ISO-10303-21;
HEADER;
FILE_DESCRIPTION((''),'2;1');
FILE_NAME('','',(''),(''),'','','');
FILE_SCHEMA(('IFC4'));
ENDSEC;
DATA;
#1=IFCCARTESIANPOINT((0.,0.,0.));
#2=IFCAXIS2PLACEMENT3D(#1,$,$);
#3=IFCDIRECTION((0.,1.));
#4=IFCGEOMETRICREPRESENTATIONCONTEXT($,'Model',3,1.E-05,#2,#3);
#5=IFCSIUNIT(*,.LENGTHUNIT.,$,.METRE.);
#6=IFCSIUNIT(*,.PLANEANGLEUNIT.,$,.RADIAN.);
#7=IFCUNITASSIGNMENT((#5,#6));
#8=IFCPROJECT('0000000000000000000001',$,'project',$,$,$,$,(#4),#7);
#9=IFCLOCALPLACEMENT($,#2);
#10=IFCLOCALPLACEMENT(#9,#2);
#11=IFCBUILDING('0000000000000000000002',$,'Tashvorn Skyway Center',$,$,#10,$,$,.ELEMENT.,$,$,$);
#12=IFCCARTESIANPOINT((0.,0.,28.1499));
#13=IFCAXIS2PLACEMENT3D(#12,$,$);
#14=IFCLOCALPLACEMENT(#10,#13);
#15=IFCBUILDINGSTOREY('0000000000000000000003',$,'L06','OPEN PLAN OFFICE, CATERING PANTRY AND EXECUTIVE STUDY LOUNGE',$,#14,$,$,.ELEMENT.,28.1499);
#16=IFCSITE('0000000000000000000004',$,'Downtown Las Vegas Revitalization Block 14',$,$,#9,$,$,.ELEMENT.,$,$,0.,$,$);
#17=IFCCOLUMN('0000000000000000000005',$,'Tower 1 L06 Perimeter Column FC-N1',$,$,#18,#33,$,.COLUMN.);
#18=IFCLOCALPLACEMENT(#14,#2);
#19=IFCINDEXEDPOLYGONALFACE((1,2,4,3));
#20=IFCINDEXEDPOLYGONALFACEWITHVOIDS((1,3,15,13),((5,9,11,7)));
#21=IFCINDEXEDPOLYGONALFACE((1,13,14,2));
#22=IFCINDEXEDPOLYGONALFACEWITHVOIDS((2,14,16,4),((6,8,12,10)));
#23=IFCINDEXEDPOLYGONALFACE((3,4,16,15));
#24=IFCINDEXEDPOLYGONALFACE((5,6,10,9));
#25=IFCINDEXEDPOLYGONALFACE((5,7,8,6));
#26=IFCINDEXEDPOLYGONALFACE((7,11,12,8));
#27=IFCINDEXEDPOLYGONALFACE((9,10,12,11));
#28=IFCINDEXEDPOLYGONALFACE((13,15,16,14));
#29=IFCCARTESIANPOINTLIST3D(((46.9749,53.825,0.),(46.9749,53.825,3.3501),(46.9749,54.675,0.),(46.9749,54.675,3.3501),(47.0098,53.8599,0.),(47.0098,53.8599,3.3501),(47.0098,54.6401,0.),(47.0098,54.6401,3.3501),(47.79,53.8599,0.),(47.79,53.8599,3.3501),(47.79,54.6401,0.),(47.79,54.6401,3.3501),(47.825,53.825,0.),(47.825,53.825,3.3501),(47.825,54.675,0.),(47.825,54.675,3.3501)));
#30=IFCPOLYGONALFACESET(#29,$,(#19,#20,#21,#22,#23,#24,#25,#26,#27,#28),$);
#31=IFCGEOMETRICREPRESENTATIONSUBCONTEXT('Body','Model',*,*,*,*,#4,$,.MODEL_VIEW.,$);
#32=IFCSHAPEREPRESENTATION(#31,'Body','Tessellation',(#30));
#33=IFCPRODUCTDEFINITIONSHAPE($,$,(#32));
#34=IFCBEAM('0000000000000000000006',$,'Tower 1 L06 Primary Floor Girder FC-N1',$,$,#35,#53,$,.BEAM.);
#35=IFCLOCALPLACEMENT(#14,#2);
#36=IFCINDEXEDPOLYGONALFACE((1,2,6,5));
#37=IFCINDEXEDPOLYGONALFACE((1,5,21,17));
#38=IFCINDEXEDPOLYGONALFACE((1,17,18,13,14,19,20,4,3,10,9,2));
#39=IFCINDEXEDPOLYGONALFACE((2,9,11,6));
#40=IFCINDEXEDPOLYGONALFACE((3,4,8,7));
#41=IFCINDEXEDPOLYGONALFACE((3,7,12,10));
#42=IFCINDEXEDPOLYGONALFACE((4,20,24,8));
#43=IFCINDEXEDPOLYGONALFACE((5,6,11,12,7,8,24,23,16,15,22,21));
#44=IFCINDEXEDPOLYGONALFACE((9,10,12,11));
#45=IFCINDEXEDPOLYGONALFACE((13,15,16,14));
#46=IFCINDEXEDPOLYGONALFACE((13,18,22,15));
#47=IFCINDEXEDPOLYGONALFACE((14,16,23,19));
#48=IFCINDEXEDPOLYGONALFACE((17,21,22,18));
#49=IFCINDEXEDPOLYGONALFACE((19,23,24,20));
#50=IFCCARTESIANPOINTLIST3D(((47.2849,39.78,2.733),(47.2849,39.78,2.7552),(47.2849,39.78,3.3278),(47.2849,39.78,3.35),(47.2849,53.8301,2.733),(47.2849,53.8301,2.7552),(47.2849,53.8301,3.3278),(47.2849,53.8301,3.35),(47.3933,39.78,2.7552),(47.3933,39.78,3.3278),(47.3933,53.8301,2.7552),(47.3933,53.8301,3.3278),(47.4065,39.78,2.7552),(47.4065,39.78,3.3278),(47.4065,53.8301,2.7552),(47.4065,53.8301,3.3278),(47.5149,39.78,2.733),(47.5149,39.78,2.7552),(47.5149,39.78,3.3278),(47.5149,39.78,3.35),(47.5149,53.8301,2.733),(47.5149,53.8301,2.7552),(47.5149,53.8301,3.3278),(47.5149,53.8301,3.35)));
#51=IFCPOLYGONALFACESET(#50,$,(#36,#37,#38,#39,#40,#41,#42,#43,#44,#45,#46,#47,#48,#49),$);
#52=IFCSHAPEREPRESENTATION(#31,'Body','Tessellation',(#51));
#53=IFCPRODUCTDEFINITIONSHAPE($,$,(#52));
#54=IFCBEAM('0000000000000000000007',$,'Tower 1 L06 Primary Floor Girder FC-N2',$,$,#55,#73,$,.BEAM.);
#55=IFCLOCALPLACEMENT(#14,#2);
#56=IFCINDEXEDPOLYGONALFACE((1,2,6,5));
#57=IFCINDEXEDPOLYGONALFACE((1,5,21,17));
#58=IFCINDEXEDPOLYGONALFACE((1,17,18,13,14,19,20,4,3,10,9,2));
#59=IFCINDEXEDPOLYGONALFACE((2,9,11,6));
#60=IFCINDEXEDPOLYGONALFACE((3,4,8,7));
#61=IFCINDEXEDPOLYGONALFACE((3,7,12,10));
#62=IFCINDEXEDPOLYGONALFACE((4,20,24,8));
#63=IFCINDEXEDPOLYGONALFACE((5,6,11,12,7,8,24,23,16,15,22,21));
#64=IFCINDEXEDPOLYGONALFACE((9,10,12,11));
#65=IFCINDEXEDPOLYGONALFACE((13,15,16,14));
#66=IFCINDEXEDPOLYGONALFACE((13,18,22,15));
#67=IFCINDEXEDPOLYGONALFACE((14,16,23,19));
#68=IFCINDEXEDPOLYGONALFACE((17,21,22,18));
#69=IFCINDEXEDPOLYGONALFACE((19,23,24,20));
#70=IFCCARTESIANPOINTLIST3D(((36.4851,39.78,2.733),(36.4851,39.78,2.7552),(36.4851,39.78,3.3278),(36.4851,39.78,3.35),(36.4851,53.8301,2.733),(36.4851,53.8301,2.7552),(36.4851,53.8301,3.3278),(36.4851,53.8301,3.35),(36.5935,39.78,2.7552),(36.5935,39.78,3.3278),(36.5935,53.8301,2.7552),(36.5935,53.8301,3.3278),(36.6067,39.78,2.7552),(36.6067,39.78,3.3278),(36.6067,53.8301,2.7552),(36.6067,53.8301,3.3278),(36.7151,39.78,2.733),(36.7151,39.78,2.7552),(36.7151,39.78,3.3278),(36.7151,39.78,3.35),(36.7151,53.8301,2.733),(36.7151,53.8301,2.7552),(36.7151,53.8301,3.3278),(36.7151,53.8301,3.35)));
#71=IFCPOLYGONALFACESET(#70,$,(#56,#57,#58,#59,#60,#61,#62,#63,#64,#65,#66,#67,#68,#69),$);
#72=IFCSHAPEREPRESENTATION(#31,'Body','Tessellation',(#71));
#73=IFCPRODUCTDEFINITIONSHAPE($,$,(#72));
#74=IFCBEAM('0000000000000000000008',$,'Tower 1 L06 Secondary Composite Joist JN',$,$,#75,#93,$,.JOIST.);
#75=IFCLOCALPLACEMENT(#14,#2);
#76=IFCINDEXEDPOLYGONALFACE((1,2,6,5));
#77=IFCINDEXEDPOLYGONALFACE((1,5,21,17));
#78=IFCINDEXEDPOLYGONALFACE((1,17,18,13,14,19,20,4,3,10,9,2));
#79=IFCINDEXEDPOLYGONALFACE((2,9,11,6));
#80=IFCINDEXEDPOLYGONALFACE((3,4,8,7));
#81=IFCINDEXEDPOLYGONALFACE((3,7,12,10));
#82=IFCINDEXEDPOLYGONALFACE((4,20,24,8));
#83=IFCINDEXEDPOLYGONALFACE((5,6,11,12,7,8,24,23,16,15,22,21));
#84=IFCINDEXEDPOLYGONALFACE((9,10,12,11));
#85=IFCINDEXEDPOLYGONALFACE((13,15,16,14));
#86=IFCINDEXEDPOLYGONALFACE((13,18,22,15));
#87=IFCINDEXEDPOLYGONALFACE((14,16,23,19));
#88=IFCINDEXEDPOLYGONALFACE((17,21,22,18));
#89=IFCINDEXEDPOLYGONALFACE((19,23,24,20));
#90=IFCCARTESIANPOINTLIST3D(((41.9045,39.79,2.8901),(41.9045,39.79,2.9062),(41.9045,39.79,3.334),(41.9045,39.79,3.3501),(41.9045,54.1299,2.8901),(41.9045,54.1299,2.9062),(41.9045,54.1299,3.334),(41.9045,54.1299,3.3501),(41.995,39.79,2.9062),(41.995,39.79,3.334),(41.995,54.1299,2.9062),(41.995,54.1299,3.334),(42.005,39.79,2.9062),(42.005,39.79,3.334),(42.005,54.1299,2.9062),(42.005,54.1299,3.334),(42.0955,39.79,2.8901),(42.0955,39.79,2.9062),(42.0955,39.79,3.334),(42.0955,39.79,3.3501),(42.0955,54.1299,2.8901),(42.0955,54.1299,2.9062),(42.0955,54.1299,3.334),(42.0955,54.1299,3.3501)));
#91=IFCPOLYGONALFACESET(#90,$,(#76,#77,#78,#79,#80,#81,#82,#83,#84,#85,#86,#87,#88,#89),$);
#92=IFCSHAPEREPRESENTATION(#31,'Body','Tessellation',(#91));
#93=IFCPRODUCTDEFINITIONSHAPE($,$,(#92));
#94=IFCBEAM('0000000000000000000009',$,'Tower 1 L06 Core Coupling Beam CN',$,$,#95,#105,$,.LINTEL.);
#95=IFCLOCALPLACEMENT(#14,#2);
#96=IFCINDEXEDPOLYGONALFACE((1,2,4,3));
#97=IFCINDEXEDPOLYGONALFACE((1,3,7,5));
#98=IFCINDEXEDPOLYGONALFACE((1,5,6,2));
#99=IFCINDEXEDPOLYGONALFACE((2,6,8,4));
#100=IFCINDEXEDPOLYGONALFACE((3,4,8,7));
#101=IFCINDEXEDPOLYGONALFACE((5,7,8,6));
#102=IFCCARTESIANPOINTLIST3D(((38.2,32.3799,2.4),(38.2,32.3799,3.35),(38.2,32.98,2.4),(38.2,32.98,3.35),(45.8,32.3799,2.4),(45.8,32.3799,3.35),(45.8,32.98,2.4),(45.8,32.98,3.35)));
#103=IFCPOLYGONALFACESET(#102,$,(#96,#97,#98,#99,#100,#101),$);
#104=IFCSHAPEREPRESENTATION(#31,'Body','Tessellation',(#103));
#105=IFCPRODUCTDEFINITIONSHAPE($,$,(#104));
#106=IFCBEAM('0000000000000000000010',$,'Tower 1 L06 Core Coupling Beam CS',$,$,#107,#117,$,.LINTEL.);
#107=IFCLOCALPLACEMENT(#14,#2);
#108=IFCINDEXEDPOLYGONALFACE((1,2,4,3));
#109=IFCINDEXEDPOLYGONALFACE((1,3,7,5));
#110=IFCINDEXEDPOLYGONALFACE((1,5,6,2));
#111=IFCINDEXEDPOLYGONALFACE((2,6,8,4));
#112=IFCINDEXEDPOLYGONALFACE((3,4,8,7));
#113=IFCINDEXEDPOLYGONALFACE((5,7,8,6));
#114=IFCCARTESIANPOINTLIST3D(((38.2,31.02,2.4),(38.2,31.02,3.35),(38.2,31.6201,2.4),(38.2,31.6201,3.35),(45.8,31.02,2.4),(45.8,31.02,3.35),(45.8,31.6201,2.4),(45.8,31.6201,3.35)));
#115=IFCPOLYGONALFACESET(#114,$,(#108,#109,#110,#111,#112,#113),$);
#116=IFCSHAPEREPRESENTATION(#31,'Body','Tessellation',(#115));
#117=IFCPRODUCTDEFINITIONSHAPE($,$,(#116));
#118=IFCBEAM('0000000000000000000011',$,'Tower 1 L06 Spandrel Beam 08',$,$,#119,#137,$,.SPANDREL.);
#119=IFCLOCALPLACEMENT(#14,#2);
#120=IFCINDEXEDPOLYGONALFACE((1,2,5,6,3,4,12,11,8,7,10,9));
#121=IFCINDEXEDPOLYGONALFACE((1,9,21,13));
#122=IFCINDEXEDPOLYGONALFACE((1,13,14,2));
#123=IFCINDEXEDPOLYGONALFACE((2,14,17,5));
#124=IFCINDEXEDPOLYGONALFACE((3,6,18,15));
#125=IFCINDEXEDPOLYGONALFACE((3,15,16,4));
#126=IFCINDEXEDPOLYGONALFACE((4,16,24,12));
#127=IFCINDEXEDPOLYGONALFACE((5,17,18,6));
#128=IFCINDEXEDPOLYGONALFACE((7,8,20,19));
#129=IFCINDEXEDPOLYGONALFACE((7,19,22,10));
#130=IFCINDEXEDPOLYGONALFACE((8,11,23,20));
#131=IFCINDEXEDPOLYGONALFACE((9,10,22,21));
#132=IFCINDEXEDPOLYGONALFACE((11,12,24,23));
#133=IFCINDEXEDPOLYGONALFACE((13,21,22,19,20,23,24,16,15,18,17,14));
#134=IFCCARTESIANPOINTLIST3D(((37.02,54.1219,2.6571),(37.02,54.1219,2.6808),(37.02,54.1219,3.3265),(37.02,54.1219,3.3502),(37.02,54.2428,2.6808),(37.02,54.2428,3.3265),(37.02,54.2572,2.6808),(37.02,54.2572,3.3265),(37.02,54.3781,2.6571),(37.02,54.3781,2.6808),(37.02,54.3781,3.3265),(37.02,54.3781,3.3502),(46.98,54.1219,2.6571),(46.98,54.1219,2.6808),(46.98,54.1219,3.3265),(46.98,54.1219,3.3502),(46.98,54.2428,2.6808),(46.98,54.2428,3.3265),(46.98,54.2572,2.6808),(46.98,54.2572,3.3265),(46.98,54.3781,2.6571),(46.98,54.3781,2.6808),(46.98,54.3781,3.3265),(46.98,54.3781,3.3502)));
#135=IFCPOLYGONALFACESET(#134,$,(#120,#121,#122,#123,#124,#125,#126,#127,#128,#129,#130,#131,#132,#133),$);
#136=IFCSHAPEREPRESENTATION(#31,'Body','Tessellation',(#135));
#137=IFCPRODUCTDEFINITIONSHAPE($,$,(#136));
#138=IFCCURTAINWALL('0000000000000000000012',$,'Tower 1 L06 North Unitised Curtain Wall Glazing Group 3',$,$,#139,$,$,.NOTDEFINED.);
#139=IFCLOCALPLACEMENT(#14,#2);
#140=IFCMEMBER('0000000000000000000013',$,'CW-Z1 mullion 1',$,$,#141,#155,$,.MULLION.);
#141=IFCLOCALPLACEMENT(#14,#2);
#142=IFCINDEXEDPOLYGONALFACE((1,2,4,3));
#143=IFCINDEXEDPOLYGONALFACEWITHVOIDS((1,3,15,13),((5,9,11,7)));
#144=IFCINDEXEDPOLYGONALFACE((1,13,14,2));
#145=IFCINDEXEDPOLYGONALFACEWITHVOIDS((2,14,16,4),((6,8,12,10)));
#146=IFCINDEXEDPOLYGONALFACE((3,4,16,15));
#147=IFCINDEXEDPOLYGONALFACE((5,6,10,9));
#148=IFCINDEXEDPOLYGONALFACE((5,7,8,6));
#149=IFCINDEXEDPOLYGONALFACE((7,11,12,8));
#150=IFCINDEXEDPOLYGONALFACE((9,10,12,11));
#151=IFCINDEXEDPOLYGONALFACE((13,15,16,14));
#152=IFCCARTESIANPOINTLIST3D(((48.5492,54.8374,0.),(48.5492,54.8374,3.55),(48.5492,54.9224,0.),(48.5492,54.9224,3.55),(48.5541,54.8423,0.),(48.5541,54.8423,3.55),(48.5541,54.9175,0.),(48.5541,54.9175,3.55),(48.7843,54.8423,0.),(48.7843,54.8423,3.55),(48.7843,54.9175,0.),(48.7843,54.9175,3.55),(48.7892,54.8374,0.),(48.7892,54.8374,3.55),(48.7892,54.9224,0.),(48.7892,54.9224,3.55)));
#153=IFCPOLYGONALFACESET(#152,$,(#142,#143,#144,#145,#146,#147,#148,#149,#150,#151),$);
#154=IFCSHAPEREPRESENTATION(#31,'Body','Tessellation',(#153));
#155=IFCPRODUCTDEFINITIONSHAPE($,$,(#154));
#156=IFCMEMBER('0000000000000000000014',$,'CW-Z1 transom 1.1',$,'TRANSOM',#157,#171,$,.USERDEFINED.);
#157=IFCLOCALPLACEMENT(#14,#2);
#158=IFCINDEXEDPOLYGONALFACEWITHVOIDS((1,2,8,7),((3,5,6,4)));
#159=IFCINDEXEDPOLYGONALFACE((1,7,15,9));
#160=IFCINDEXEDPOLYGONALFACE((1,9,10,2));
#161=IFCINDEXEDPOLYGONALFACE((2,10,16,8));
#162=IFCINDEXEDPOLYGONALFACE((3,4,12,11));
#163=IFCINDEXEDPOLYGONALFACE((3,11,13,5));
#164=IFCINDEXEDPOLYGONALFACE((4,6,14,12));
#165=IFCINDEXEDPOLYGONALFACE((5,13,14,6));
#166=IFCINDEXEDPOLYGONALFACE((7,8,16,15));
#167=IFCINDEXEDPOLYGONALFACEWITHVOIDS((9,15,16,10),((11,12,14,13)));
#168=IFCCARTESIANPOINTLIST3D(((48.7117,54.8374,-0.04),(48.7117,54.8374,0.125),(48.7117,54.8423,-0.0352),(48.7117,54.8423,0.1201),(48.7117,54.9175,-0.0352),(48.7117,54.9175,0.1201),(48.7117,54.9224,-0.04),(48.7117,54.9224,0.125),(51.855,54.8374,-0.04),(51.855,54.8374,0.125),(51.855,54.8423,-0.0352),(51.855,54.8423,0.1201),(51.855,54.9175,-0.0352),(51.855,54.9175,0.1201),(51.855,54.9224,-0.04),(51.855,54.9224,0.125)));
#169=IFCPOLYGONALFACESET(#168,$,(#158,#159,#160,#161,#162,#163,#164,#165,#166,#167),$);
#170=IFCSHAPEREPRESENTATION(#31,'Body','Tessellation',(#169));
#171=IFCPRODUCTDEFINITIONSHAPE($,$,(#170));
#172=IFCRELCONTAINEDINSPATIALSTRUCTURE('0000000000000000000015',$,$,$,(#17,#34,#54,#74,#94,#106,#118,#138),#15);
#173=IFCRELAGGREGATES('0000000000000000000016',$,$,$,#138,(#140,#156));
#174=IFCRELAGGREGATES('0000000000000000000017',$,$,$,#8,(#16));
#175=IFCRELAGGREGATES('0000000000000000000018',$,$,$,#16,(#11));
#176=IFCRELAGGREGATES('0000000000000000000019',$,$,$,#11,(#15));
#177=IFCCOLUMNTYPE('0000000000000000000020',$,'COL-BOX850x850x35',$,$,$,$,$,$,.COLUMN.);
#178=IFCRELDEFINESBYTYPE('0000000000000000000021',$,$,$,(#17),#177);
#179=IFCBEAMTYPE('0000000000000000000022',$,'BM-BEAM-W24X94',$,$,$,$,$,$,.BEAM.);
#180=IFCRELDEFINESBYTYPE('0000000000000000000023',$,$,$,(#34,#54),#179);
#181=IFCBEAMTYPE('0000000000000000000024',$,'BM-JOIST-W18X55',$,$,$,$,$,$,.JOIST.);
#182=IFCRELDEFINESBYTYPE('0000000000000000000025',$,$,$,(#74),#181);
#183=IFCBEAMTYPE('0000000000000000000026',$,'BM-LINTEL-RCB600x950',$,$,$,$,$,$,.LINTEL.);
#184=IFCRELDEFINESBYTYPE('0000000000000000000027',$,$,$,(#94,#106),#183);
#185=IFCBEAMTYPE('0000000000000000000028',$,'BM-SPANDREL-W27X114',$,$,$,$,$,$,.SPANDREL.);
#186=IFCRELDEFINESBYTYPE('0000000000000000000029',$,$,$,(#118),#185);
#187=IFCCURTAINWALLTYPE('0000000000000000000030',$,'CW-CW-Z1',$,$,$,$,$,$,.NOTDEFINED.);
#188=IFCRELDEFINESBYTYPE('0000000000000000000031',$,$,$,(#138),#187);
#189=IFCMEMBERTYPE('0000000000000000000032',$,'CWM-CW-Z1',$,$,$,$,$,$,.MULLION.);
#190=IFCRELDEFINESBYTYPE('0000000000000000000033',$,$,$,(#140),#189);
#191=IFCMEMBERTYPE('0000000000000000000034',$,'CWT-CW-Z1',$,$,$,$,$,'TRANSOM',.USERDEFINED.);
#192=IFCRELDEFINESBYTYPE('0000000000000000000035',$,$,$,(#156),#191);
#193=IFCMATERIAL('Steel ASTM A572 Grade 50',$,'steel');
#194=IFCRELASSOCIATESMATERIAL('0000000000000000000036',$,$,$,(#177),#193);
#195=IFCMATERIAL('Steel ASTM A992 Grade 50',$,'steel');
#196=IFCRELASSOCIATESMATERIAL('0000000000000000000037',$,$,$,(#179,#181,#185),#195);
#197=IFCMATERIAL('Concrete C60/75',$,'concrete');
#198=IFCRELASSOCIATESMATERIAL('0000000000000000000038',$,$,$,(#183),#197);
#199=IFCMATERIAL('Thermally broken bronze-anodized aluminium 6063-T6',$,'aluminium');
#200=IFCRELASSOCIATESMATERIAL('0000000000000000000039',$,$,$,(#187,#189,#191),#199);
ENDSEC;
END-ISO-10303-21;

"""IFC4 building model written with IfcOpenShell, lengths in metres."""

from ifc_helpers import new_model, si_unit, direction, frame, origin, origin_2d, place, context, subcontext, project, spatial, rectangle, hollow_rectangle, i_section, extrude, material, material_profile, profile_set, type_object, element, aggregate, save


model = new_model("IFC4")

# Units and contexts
model_context = context("Model", 3, precision=1e-05, world=origin(), true_north=direction((0.0, 1.0)))
body_context = subcontext(model_context, "Body", "Model", "MODEL_VIEW")
ifc_project = project(units=[si_unit("LENGTHUNIT", "METRE"), si_unit("PLANEANGLEUNIT", "RADIAN")], contexts=[model_context])

# Site, building, storey
site_placement = place(None, origin())
site = spatial("IfcSite", under=ifc_project, at=site_placement, Name="Downtown Las Vegas Revitalization Block 14", CompositionType="ELEMENT", RefElevation=0.0)
building_placement = place(site_placement, origin())
building = spatial("IfcBuilding", under=site, at=building_placement, Name="Tashvorn Skyway Center", CompositionType="ELEMENT")
storey_placement = place(building_placement, frame((0.0, 0.0, 28.1499)))
storey = spatial("IfcBuildingStorey", under=building, at=storey_placement, Name="L06", Description="OPEN PLAN OFFICE, CATERING PANTRY AND EXECUTIVE STUDY LOUNGE", CompositionType="ELEMENT", Elevation=28.1499)

# Column
ifc_material_1 = material(Name="Steel ASTM A572 Grade 50", Category="steel")
ifc_material_profile_1 = material_profile(ifc_material_1, hollow_rectangle(XDim=0.8501, YDim=0.8501, WallThickness=0.0349, at=origin_2d()), Name="BOX850x850x35")
ifc_profile_set_1 = profile_set([ifc_material_profile_1], Name="Steel ASTM A572 Grade 50")
column_type = type_object("IfcColumnType", Name="COL-BOX850x850x35", PredefinedType="COLUMN", material=ifc_profile_set_1)
column_placement = place(storey_placement, frame((47.3999, 54.25, 0.0), z_axis=(0.0, 0.0, 1.0), x_axis=(1.0, 0.0, 0.0)))
element("IfcColumn", 1, at=column_placement, inside=storey, type_object=column_type, Name="Tower 1 L06 Perimeter Column FC-N1", PredefinedType="COLUMN", context=body_context, shape_type="SweptSolid", body=[
    extrude(hollow_rectangle(XDim=0.8501, YDim=0.8501, WallThickness=0.0349, at=origin_2d()), origin(), (0.0, 0.0, 1.0), 3.3501),
])

# Beams
ifc_material_2 = material(Name="Steel ASTM A992 Grade 50", Category="steel")
ifc_material_profile_2 = material_profile(ifc_material_2, i_section(OverallWidth=0.23, OverallDepth=0.6169, WebThickness=0.0132, FlangeThickness=0.0222, at=origin_2d()), Name="W24X94")
ifc_profile_set_2 = profile_set([ifc_material_profile_2], Name="Steel ASTM A992 Grade 50")
beam_type_1 = type_object("IfcBeamType", Name="BM-BEAM-W24X94", PredefinedType="BEAM", material=ifc_profile_set_2)
for number, where, z_axis, x_axis, name in (
    (2, (47.3999, 53.8301, 3.0415), (0.0, -1.0, 0.0), (1.0, 0.0, 0.0), "Tower 1 L06 Primary Floor Girder FC-N1"),
    (3, (36.6001, 53.8301, 3.0415), (0.0, -1.0, 0.0), (1.0, 0.0, 0.0), "Tower 1 L06 Primary Floor Girder FC-N2"),
):
    element("IfcBeam", number, at=place(storey_placement, frame(where, z_axis=z_axis, x_axis=x_axis)), inside=storey, type_object=beam_type_1, Name=name, PredefinedType="BEAM", context=body_context, shape_type="SweptSolid", body=[
        extrude(i_section(OverallWidth=0.23, OverallDepth=0.6169, WebThickness=0.0132, FlangeThickness=0.0222, at=origin_2d()), origin(), (0.0, 0.0, 1.0), 14.05),
    ])
ifc_material_profile_3 = material_profile(ifc_material_2, i_section(OverallWidth=0.1909, OverallDepth=0.46, WebThickness=0.01, FlangeThickness=0.0161, at=origin_2d()), Name="W18X55")
ifc_profile_set_3 = profile_set([ifc_material_profile_3], Name="Steel ASTM A992 Grade 50")
beam_type_2 = type_object("IfcBeamType", Name="BM-JOIST-W18X55", PredefinedType="JOIST", material=ifc_profile_set_3)
beam_1_placement = place(storey_placement, frame((42.0, 39.79, 3.1201), z_axis=(0.0, 1.0, 0.0), x_axis=(-1.0, 0.0, 0.0)))
element("IfcBeam", 4, at=beam_1_placement, inside=storey, type_object=beam_type_2, Name="Tower 1 L06 Secondary Composite Joist JN", PredefinedType="JOIST", context=body_context, shape_type="SweptSolid", body=[
    extrude(i_section(OverallWidth=0.1909, OverallDepth=0.46, WebThickness=0.01, FlangeThickness=0.0161, at=origin_2d()), origin(), (0.0, 0.0, 1.0), 14.3398),
])
ifc_material_3 = material(Name="Concrete C60/75", Category="concrete")
ifc_material_profile_4 = material_profile(ifc_material_3, rectangle(XDim=0.6001, YDim=0.95, at=origin_2d()), Name="RCB600x950")
ifc_profile_set_4 = profile_set([ifc_material_profile_4], Name="Concrete C60/75")
beam_type_3 = type_object("IfcBeamType", Name="BM-LINTEL-RCB600x950", PredefinedType="LINTEL", material=ifc_profile_set_4)
for number, where, z_axis, x_axis, name in (
    (5, (38.2, 32.6799, 2.875), (1.0, 0.0, 0.0), (0.0, 1.0, 0.0), "Tower 1 L06 Core Coupling Beam CN"),
    (6, (38.2, 31.3201, 2.875), (1.0, 0.0, 0.0), (0.0, 1.0, 0.0), "Tower 1 L06 Core Coupling Beam CS"),
):
    element("IfcBeam", number, at=place(storey_placement, frame(where, z_axis=z_axis, x_axis=x_axis)), inside=storey, type_object=beam_type_3, Name=name, PredefinedType="LINTEL", context=body_context, shape_type="SweptSolid", body=[
        extrude(rectangle(XDim=0.6001, YDim=0.95, at=origin_2d()), origin(), (0.0, 0.0, 1.0), 7.6001),
    ])
ifc_material_profile_5 = material_profile(ifc_material_2, i_section(OverallWidth=0.2561, OverallDepth=0.6931, WebThickness=0.0144, FlangeThickness=0.0237, at=origin_2d()), Name="W27X114")
ifc_profile_set_5 = profile_set([ifc_material_profile_5], Name="Steel ASTM A992 Grade 50")
beam_type_4 = type_object("IfcBeamType", Name="BM-SPANDREL-W27X114", PredefinedType="SPANDREL", material=ifc_profile_set_5)
beam_2_placement = place(storey_placement, frame((46.98, 54.25, 3.0037), z_axis=(-1.0, 0.0, 0.0), x_axis=(0.0, -1.0, 0.0)))
element("IfcBeam", 7, at=beam_2_placement, inside=storey, type_object=beam_type_4, Name="Tower 1 L06 Spandrel Beam 08", PredefinedType="SPANDREL", context=body_context, shape_type="SweptSolid", body=[
    extrude(i_section(OverallWidth=0.2561, OverallDepth=0.6931, WebThickness=0.0144, FlangeThickness=0.0237, at=origin_2d()), origin(), (0.0, 0.0, 1.0), 9.96),
])

# Curtain wall, members
ifc_material_4 = material(Name="Thermally broken bronze-anodized aluminium 6063-T6", Category="aluminium")
curtain_wall_type = type_object("IfcCurtainWallType", Name="CW-CW-Z1", PredefinedType="NOTDEFINED", material=ifc_material_4)
curtain_wall_placement = place(storey_placement, origin())
curtain_wall = element("IfcCurtainWall", 8, at=curtain_wall_placement, inside=storey, type_object=curtain_wall_type, Name="Tower 1 L06 North Unitised Curtain Wall Glazing Group 3", PredefinedType="NOTDEFINED")
ifc_material_profile_6 = material_profile(ifc_material_4, hollow_rectangle(XDim=0.085, YDim=0.24, WallThickness=0.0049, at=origin_2d()), Name="ALU-MULL-85x240")
ifc_profile_set_6 = profile_set([ifc_material_profile_6], Name="Thermally broken bronze-anodized aluminium 6063-T6")
member_type_1 = type_object("IfcMemberType", Name="CWM-CW-Z1", PredefinedType="MULLION", material=ifc_profile_set_6)
member_1_placement = place(storey_placement, frame((48.6692, 54.8799, 0.0), z_axis=(0.0, 0.0, 1.0), x_axis=(0.0, 1.0, 0.0)))
member_1 = element("IfcMember", 9, at=member_1_placement, type_object=member_type_1, Name="CW-Z1 mullion 1", PredefinedType="MULLION", context=body_context, shape_type="SweptSolid", body=[
    extrude(hollow_rectangle(XDim=0.085, YDim=0.24, WallThickness=0.0049, at=origin_2d()), origin(), (0.0, 0.0, 1.0), 3.55),
])
ifc_material_profile_7 = material_profile(ifc_material_4, hollow_rectangle(XDim=0.085, YDim=0.165, WallThickness=0.0049, at=origin_2d()), Name="ALU-TRAN-85x165")
ifc_profile_set_7 = profile_set([ifc_material_profile_7], Name="Thermally broken bronze-anodized aluminium 6063-T6")
member_type_2 = type_object("IfcMemberType", Name="CWT-CW-Z1", ElementType="TRANSOM", PredefinedType="USERDEFINED", material=ifc_profile_set_7)
member_2_placement = place(storey_placement, frame((48.7117, 54.8799, 0.0425), z_axis=(1.0, 0.0, 0.0), x_axis=(0.0, 1.0, 0.0)))
member_2 = element("IfcMember", 10, at=member_2_placement, type_object=member_type_2, Name="CW-Z1 transom 1.1", ObjectType="TRANSOM", PredefinedType="USERDEFINED", context=body_context, shape_type="SweptSolid", body=[
    extrude(hollow_rectangle(XDim=0.085, YDim=0.165, WallThickness=0.0049, at=origin_2d()), origin(), (0.0, 0.0, 1.0), 3.1433),
])
aggregate(curtain_wall, [member_1, member_2])

save(model, "model.ifc")
